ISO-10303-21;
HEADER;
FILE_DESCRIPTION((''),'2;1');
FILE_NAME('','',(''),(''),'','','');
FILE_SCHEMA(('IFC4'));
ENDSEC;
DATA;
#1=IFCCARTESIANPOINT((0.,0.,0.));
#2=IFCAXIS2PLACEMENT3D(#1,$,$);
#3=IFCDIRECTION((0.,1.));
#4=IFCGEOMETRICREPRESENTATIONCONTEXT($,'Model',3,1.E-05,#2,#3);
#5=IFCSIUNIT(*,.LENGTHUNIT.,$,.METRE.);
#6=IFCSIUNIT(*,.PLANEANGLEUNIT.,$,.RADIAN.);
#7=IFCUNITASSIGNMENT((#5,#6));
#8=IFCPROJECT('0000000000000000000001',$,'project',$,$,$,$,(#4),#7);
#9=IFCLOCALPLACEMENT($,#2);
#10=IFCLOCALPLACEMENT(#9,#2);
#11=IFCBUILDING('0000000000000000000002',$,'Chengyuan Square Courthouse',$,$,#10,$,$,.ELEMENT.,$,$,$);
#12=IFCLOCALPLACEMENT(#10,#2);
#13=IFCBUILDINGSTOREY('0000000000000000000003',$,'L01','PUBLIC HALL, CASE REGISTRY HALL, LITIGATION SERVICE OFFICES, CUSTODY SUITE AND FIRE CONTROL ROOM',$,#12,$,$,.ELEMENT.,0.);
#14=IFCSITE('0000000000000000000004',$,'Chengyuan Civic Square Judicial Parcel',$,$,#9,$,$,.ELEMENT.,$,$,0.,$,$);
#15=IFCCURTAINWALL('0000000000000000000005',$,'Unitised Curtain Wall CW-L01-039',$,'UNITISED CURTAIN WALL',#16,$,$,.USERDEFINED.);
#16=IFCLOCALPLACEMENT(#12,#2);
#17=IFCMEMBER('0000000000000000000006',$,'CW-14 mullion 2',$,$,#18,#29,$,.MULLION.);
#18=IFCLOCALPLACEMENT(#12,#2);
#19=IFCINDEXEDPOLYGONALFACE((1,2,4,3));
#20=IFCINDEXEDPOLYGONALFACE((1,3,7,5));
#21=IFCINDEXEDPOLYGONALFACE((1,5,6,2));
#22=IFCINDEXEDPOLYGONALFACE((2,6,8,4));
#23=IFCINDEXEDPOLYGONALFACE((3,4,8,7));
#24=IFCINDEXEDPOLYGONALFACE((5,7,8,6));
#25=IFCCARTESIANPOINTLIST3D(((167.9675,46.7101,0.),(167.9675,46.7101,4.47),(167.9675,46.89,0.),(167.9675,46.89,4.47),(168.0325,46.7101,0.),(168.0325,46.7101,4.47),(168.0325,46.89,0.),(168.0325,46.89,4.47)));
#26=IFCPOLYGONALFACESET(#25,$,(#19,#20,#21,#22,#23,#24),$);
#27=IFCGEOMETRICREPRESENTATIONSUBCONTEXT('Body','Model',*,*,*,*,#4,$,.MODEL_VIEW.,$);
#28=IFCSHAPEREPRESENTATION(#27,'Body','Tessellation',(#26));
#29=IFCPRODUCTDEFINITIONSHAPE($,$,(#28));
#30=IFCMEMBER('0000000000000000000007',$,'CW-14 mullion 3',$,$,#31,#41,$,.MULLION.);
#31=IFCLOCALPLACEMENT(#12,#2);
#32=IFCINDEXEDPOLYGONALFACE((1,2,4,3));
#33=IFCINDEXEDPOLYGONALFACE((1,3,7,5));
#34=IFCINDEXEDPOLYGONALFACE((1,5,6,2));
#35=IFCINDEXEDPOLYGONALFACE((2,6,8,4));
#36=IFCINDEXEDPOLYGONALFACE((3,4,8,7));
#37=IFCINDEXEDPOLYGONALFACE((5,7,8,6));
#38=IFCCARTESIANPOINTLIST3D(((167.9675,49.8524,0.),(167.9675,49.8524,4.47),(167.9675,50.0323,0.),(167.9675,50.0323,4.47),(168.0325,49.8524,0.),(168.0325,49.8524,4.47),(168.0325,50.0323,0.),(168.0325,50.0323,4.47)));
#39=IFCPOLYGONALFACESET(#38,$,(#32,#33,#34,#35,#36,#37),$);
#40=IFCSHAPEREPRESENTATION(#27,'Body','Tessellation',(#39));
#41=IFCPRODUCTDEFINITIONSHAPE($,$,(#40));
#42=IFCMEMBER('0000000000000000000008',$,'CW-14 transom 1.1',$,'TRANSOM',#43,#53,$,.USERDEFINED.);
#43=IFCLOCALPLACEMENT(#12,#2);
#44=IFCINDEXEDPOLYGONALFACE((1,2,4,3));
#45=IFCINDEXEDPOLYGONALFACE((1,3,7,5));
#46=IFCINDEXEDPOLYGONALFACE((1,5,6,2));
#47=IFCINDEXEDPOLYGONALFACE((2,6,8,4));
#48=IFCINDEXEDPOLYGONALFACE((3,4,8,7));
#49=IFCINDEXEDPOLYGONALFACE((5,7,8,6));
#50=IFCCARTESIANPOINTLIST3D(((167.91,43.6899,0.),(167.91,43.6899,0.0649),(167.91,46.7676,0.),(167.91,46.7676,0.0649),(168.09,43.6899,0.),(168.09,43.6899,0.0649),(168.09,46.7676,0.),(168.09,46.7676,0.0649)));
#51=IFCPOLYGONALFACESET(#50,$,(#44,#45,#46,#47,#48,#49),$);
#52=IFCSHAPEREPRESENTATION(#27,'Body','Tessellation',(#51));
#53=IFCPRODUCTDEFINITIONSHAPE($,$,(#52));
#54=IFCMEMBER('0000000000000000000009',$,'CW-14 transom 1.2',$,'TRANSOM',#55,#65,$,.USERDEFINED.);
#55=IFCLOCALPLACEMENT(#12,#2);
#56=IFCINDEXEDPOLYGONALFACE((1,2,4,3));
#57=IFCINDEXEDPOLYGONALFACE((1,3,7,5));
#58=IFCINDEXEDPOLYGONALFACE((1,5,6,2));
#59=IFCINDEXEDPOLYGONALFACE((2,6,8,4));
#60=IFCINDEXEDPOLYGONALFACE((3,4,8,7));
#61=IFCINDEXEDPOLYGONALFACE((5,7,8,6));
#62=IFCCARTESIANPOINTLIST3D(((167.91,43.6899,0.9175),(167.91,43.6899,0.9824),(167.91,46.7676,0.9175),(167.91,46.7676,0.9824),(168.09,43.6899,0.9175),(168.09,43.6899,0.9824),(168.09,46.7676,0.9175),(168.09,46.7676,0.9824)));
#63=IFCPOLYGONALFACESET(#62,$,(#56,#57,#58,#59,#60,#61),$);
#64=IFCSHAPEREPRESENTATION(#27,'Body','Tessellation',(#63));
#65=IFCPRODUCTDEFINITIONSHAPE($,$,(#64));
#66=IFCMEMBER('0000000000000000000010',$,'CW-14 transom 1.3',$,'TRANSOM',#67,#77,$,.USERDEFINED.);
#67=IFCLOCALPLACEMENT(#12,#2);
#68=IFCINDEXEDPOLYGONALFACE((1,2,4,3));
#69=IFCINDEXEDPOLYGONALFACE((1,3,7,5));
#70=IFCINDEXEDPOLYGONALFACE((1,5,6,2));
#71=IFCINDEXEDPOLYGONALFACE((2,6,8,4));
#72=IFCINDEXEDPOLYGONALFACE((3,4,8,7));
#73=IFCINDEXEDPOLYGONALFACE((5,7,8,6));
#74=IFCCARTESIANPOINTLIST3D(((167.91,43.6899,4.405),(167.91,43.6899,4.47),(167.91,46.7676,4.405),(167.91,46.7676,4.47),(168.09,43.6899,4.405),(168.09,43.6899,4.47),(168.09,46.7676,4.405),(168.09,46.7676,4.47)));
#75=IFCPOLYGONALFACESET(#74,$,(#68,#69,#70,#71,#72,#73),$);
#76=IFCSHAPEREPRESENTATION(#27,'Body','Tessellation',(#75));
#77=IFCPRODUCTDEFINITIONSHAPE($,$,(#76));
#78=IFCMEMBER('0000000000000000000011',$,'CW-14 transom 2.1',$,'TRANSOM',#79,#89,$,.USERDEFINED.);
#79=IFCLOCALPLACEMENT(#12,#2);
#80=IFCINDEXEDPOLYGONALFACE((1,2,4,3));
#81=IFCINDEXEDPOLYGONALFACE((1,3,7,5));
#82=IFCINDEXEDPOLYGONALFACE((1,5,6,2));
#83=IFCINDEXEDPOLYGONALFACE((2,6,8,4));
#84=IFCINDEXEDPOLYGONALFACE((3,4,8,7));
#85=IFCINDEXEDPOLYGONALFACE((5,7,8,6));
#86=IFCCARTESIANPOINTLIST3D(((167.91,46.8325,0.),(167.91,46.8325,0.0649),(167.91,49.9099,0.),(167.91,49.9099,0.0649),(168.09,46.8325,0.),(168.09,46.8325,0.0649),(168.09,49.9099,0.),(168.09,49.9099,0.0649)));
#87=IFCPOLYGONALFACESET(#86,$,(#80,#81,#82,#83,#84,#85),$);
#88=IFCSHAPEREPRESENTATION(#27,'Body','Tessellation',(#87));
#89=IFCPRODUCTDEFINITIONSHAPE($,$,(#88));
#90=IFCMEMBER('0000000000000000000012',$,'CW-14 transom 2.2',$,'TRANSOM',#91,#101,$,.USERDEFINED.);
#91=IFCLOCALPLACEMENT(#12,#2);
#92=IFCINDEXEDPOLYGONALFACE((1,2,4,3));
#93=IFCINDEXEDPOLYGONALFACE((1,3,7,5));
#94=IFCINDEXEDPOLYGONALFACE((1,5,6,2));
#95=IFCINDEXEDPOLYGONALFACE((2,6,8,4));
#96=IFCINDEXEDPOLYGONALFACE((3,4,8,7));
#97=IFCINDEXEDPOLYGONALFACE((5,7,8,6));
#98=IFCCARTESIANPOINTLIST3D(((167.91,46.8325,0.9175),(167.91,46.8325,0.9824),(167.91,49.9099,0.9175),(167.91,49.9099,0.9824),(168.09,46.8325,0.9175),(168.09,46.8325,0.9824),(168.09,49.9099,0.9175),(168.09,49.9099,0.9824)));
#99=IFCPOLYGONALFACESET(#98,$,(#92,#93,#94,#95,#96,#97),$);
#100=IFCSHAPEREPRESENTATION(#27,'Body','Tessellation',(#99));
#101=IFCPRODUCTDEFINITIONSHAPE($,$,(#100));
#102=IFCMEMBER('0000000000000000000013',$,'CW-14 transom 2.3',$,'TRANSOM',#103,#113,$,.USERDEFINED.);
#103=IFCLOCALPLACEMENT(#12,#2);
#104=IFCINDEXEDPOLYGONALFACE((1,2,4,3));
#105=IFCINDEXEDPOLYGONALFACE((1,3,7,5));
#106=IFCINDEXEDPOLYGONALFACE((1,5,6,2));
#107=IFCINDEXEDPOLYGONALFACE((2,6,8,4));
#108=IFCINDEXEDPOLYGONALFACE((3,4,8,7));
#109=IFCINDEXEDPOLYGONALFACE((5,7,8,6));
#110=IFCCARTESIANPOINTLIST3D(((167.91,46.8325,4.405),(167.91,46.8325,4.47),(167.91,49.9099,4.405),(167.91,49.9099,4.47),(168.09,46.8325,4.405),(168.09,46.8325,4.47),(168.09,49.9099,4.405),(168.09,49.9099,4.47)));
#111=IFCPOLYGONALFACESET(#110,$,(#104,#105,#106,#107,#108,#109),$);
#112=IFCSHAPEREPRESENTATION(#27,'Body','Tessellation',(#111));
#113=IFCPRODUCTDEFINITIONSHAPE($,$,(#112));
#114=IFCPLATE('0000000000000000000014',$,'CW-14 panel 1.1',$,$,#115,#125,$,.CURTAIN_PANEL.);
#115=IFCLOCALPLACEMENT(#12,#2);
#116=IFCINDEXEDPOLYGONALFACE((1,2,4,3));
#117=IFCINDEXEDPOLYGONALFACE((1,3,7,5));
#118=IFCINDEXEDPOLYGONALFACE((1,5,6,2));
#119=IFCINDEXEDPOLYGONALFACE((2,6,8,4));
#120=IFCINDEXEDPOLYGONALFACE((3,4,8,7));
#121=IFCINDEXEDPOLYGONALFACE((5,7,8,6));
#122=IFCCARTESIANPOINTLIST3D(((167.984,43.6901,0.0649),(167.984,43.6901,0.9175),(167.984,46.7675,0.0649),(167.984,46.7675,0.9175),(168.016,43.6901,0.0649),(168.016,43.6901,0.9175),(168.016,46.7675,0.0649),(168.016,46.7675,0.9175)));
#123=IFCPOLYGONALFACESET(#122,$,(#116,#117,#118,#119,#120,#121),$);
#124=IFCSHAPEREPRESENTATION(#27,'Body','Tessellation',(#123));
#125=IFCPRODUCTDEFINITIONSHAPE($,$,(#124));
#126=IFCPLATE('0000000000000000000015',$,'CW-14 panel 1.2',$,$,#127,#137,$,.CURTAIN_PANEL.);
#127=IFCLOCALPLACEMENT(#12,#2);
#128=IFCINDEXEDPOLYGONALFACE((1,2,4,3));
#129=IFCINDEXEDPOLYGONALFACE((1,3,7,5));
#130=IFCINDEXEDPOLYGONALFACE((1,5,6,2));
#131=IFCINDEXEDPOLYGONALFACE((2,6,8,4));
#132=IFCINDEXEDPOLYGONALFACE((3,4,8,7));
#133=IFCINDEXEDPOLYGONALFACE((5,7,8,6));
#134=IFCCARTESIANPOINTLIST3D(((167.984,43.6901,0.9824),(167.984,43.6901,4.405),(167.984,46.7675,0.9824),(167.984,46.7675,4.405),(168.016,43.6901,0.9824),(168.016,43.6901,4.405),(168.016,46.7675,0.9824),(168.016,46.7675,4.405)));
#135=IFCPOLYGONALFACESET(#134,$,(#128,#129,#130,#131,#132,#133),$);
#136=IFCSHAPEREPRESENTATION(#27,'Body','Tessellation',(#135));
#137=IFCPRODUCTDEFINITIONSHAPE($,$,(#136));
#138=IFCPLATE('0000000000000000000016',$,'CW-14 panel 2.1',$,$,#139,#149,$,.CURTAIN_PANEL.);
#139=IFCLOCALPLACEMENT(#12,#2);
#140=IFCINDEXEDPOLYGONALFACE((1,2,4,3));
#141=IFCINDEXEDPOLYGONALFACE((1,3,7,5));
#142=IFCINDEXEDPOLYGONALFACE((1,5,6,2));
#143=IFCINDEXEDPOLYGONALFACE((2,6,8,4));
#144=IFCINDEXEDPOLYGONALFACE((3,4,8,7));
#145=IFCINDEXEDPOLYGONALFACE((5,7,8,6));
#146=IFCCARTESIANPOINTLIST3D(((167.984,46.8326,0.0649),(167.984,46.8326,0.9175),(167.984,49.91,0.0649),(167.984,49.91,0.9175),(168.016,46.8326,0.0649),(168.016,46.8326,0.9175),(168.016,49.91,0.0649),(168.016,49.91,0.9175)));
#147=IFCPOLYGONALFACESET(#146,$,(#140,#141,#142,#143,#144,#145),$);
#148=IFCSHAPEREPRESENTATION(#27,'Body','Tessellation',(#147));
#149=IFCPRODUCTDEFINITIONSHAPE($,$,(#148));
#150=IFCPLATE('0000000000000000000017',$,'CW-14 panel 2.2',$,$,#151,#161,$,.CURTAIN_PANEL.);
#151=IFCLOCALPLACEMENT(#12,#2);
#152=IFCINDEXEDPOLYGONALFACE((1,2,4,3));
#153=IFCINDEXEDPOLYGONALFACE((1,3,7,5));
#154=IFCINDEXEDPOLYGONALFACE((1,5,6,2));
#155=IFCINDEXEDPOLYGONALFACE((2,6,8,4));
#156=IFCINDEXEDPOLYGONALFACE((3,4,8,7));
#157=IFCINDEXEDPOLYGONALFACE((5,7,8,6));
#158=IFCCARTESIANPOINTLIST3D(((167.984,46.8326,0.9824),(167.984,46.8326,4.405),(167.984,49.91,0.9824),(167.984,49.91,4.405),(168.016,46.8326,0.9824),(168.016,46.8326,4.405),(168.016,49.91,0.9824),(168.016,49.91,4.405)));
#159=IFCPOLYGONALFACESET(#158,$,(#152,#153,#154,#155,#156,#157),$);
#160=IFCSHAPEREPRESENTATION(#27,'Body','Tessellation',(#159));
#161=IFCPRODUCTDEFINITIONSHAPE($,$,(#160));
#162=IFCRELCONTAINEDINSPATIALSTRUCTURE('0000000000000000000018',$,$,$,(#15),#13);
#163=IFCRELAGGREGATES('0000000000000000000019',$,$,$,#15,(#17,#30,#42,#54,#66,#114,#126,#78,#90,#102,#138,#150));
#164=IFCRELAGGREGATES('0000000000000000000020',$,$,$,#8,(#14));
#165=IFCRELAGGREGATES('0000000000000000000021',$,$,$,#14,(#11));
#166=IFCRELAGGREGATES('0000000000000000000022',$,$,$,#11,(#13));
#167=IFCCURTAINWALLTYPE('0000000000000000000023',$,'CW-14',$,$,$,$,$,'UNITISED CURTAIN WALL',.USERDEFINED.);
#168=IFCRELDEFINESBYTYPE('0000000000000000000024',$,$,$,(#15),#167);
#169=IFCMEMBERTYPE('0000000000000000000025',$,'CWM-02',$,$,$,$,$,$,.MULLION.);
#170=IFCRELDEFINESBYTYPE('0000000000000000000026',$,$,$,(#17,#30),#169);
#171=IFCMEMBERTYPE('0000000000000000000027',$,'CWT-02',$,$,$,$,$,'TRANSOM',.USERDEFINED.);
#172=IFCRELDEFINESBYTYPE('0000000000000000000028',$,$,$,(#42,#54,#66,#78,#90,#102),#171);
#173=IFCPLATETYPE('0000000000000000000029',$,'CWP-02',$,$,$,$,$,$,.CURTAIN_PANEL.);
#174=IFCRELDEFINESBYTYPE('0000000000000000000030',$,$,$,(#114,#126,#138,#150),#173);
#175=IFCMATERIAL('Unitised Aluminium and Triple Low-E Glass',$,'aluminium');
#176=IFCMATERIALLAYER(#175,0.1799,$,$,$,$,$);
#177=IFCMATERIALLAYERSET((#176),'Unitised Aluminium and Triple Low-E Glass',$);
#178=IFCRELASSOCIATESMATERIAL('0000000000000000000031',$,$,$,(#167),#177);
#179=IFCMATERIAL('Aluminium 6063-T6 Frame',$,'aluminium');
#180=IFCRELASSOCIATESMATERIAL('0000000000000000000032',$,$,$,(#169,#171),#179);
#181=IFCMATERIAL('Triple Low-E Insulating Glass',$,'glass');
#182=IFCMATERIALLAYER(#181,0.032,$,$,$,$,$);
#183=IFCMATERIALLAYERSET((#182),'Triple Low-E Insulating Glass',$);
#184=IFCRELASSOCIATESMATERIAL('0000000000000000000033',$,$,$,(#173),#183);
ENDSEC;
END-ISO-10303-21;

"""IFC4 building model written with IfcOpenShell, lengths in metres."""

from ifc_helpers import new_model, si_unit, direction, frame, origin, origin_2d, place, context, subcontext, project, spatial, rectangle, extrude, material, layer, layer_set, material_profile, profile_set, type_object, element, aggregate, save


model = new_model("IFC4")

# Units and contexts
model_context = context("Model", 3, precision=1e-05, world=origin(), true_north=direction((0.0, 1.0)))
body_context = subcontext(model_context, "Body", "Model", "MODEL_VIEW")
ifc_project = project(units=[si_unit("LENGTHUNIT", "METRE"), si_unit("PLANEANGLEUNIT", "RADIAN")], contexts=[model_context])

# Site, building, storey
site_placement = place(None, origin())
site = spatial("IfcSite", under=ifc_project, at=site_placement, Name="Chengyuan Civic Square Judicial Parcel", CompositionType="ELEMENT", RefElevation=0.0)
building_placement = place(site_placement, origin())
building = spatial("IfcBuilding", under=site, at=building_placement, Name="Chengyuan Square Courthouse", CompositionType="ELEMENT")
storey_placement = place(building_placement, origin())
storey = spatial("IfcBuildingStorey", under=building, at=storey_placement, Name="L01", Description="PUBLIC HALL, CASE REGISTRY HALL, LITIGATION SERVICE OFFICES, CUSTODY SUITE AND FIRE CONTROL ROOM", CompositionType="ELEMENT", Elevation=0.0)

# Curtain wall, members, plates
ifc_material_1 = material(Name="Unitised Aluminium and Triple Low-E Glass", Category="aluminium")
ifc_layer_1 = layer(ifc_material_1, 0.1799)
ifc_layer_set_1 = layer_set([ifc_layer_1], Name="Unitised Aluminium and Triple Low-E Glass")
curtain_wall_type = type_object("IfcCurtainWallType", Name="CW-14", ElementType="UNITISED CURTAIN WALL", PredefinedType="USERDEFINED", material=ifc_layer_set_1)
curtain_wall_placement = place(storey_placement, origin())
curtain_wall = element("IfcCurtainWall", 1, at=curtain_wall_placement, inside=storey, type_object=curtain_wall_type, Name="Unitised Curtain Wall CW-L01-039", ObjectType="UNITISED CURTAIN WALL", PredefinedType="USERDEFINED")
ifc_material_2 = material(Name="Aluminium 6063-T6 Frame", Category="aluminium")
ifc_material_profile_1 = material_profile(ifc_material_2, rectangle(XDim=0.0649, YDim=0.1799, at=origin_2d()), Name="CW-MUL-65x180")
ifc_profile_set_1 = profile_set([ifc_material_profile_1], Name="Aluminium 6063-T6 Frame")
member_type_1 = type_object("IfcMemberType", Name="CWM-02", PredefinedType="MULLION", material=ifc_profile_set_1)
member_1_placement = place(storey_placement, frame((168.0, 46.8, 0.0), z_axis=(0.0, 0.0, 1.0), x_axis=(-1.0, 0.0, 0.0)))
member_1 = element("IfcMember", 2, at=member_1_placement, type_object=member_type_1, Name="CW-14 mullion 2", PredefinedType="MULLION", context=body_context, shape_type="SweptSolid", body=[
    extrude(rectangle(XDim=0.0649, YDim=0.1799, at=origin_2d()), origin(), (0.0, 0.0, 1.0), 4.47),
])
member_2_placement = place(storey_placement, frame((168.0, 49.9424, 0.0), z_axis=(0.0, 0.0, 1.0), x_axis=(-1.0, 0.0, 0.0)))
member_2 = element("IfcMember", 3, at=member_2_placement, type_object=member_type_1, Name="CW-14 mullion 3", PredefinedType="MULLION", context=body_context, shape_type="SweptSolid", body=[
    extrude(rectangle(XDim=0.0649, YDim=0.1799, at=origin_2d()), origin(), (0.0, 0.0, 1.0), 4.47),
])
ifc_material_profile_2 = material_profile(ifc_material_2, rectangle(XDim=0.1799, YDim=0.0649, at=origin_2d()), Name="CW-TRN-65x140")
ifc_profile_set_2 = profile_set([ifc_material_profile_2], Name="Aluminium 6063-T6 Frame")
member_type_2 = type_object("IfcMemberType", Name="CWT-02", ElementType="TRANSOM", PredefinedType="USERDEFINED", material=ifc_profile_set_2)
member_3_placement = place(storey_placement, frame((168.0, 43.6899, 0.0325), z_axis=(0.0, 1.0, 0.0), x_axis=(-1.0, 0.0, 0.0)))
member_3 = element("IfcMember", 4, at=member_3_placement, type_object=member_type_2, Name="CW-14 transom 1.1", ObjectType="TRANSOM", PredefinedType="USERDEFINED", context=body_context, shape_type="SweptSolid", body=[
    extrude(rectangle(XDim=0.1799, YDim=0.0649, at=origin_2d()), origin(), (0.0, 0.0, 1.0), 3.0776),
])
member_4_placement = place(storey_placement, frame((168.0, 43.6899, 0.95), z_axis=(0.0, 1.0, 0.0), x_axis=(-1.0, 0.0, 0.0)))
member_4 = element("IfcMember", 5, at=member_4_placement, type_object=member_type_2, Name="CW-14 transom 1.2", ObjectType="TRANSOM", PredefinedType="USERDEFINED", context=body_context, shape_type="SweptSolid", body=[
    extrude(rectangle(XDim=0.1799, YDim=0.0649, at=origin_2d()), origin(), (0.0, 0.0, 1.0), 3.0776),
])
member_5_placement = place(storey_placement, frame((168.0, 43.6899, 4.4375), z_axis=(0.0, 1.0, 0.0), x_axis=(-1.0, 0.0, 0.0)))
member_5 = element("IfcMember", 6, at=member_5_placement, type_object=member_type_2, Name="CW-14 transom 1.3", ObjectType="TRANSOM", PredefinedType="USERDEFINED", context=body_context, shape_type="SweptSolid", body=[
    extrude(rectangle(XDim=0.1799, YDim=0.0649, at=origin_2d()), origin(), (0.0, 0.0, 1.0), 3.0776),
])
member_6_placement = place(storey_placement, frame((168.0, 46.8325, 0.0325), z_axis=(0.0, 1.0, 0.0), x_axis=(-1.0, 0.0, 0.0)))
member_6 = element("IfcMember", 7, at=member_6_placement, type_object=member_type_2, Name="CW-14 transom 2.1", ObjectType="TRANSOM", PredefinedType="USERDEFINED", context=body_context, shape_type="SweptSolid", body=[
    extrude(rectangle(XDim=0.1799, YDim=0.0649, at=origin_2d()), origin(), (0.0, 0.0, 1.0), 3.0774),
])
member_7_placement = place(storey_placement, frame((168.0, 46.8325, 0.95), z_axis=(0.0, 1.0, 0.0), x_axis=(-1.0, 0.0, 0.0)))
member_7 = element("IfcMember", 8, at=member_7_placement, type_object=member_type_2, Name="CW-14 transom 2.2", ObjectType="TRANSOM", PredefinedType="USERDEFINED", context=body_context, shape_type="SweptSolid", body=[
    extrude(rectangle(XDim=0.1799, YDim=0.0649, at=origin_2d()), origin(), (0.0, 0.0, 1.0), 3.0774),
])
member_8_placement = place(storey_placement, frame((168.0, 46.8325, 4.4375), z_axis=(0.0, 1.0, 0.0), x_axis=(-1.0, 0.0, 0.0)))
member_8 = element("IfcMember", 9, at=member_8_placement, type_object=member_type_2, Name="CW-14 transom 2.3", ObjectType="TRANSOM", PredefinedType="USERDEFINED", context=body_context, shape_type="SweptSolid", body=[
    extrude(rectangle(XDim=0.1799, YDim=0.0649, at=origin_2d()), origin(), (0.0, 0.0, 1.0), 3.0774),
])
ifc_material_3 = material(Name="Triple Low-E Insulating Glass", Category="glass")
ifc_layer_2 = layer(ifc_material_3, 0.032)
ifc_layer_set_2 = layer_set([ifc_layer_2], Name="Triple Low-E Insulating Glass")
plate_type = type_object("IfcPlateType", Name="CWP-02", PredefinedType="CURTAIN_PANEL", material=ifc_layer_set_2)
plate_1_placement = place(storey_placement, frame((168.0, 45.2288, 0.0649), z_axis=(0.0, 0.0, 1.0), x_axis=(0.0, 1.0, 0.0)))
plate_1 = element("IfcPlate", 10, at=plate_1_placement, type_object=plate_type, Name="CW-14 panel 1.1", PredefinedType="CURTAIN_PANEL", context=body_context, shape_type="SweptSolid", body=[
    extrude(rectangle(XDim=3.0774, YDim=0.032, at=origin_2d()), origin(), (0.0, 0.0, 1.0), 0.8525),
])
plate_2_placement = place(storey_placement, frame((168.0, 45.2288, 0.9824), z_axis=(0.0, 0.0, 1.0), x_axis=(0.0, 1.0, 0.0)))
plate_2 = element("IfcPlate", 11, at=plate_2_placement, type_object=plate_type, Name="CW-14 panel 1.2", PredefinedType="CURTAIN_PANEL", context=body_context, shape_type="SweptSolid", body=[
    extrude(rectangle(XDim=3.0774, YDim=0.032, at=origin_2d()), origin(), (0.0, 0.0, 1.0), 3.4226),
])
plate_3_placement = place(storey_placement, frame((168.0, 48.3713, 0.0649), z_axis=(0.0, 0.0, 1.0), x_axis=(0.0, 1.0, 0.0)))
plate_3 = element("IfcPlate", 12, at=plate_3_placement, type_object=plate_type, Name="CW-14 panel 2.1", PredefinedType="CURTAIN_PANEL", context=body_context, shape_type="SweptSolid", body=[
    extrude(rectangle(XDim=3.0774, YDim=0.032, at=origin_2d()), origin(), (0.0, 0.0, 1.0), 0.8525),
])
plate_4_placement = place(storey_placement, frame((168.0, 48.3713, 0.9824), z_axis=(0.0, 0.0, 1.0), x_axis=(0.0, 1.0, 0.0)))
plate_4 = element("IfcPlate", 13, at=plate_4_placement, type_object=plate_type, Name="CW-14 panel 2.2", PredefinedType="CURTAIN_PANEL", context=body_context, shape_type="SweptSolid", body=[
    extrude(rectangle(XDim=3.0774, YDim=0.032, at=origin_2d()), origin(), (0.0, 0.0, 1.0), 3.4226),
])
aggregate(curtain_wall, [member_1, member_2, member_3, member_4, member_5, plate_1, plate_2, member_6, member_7, member_8, plate_3, plate_4])

save(model, "model.ifc")
